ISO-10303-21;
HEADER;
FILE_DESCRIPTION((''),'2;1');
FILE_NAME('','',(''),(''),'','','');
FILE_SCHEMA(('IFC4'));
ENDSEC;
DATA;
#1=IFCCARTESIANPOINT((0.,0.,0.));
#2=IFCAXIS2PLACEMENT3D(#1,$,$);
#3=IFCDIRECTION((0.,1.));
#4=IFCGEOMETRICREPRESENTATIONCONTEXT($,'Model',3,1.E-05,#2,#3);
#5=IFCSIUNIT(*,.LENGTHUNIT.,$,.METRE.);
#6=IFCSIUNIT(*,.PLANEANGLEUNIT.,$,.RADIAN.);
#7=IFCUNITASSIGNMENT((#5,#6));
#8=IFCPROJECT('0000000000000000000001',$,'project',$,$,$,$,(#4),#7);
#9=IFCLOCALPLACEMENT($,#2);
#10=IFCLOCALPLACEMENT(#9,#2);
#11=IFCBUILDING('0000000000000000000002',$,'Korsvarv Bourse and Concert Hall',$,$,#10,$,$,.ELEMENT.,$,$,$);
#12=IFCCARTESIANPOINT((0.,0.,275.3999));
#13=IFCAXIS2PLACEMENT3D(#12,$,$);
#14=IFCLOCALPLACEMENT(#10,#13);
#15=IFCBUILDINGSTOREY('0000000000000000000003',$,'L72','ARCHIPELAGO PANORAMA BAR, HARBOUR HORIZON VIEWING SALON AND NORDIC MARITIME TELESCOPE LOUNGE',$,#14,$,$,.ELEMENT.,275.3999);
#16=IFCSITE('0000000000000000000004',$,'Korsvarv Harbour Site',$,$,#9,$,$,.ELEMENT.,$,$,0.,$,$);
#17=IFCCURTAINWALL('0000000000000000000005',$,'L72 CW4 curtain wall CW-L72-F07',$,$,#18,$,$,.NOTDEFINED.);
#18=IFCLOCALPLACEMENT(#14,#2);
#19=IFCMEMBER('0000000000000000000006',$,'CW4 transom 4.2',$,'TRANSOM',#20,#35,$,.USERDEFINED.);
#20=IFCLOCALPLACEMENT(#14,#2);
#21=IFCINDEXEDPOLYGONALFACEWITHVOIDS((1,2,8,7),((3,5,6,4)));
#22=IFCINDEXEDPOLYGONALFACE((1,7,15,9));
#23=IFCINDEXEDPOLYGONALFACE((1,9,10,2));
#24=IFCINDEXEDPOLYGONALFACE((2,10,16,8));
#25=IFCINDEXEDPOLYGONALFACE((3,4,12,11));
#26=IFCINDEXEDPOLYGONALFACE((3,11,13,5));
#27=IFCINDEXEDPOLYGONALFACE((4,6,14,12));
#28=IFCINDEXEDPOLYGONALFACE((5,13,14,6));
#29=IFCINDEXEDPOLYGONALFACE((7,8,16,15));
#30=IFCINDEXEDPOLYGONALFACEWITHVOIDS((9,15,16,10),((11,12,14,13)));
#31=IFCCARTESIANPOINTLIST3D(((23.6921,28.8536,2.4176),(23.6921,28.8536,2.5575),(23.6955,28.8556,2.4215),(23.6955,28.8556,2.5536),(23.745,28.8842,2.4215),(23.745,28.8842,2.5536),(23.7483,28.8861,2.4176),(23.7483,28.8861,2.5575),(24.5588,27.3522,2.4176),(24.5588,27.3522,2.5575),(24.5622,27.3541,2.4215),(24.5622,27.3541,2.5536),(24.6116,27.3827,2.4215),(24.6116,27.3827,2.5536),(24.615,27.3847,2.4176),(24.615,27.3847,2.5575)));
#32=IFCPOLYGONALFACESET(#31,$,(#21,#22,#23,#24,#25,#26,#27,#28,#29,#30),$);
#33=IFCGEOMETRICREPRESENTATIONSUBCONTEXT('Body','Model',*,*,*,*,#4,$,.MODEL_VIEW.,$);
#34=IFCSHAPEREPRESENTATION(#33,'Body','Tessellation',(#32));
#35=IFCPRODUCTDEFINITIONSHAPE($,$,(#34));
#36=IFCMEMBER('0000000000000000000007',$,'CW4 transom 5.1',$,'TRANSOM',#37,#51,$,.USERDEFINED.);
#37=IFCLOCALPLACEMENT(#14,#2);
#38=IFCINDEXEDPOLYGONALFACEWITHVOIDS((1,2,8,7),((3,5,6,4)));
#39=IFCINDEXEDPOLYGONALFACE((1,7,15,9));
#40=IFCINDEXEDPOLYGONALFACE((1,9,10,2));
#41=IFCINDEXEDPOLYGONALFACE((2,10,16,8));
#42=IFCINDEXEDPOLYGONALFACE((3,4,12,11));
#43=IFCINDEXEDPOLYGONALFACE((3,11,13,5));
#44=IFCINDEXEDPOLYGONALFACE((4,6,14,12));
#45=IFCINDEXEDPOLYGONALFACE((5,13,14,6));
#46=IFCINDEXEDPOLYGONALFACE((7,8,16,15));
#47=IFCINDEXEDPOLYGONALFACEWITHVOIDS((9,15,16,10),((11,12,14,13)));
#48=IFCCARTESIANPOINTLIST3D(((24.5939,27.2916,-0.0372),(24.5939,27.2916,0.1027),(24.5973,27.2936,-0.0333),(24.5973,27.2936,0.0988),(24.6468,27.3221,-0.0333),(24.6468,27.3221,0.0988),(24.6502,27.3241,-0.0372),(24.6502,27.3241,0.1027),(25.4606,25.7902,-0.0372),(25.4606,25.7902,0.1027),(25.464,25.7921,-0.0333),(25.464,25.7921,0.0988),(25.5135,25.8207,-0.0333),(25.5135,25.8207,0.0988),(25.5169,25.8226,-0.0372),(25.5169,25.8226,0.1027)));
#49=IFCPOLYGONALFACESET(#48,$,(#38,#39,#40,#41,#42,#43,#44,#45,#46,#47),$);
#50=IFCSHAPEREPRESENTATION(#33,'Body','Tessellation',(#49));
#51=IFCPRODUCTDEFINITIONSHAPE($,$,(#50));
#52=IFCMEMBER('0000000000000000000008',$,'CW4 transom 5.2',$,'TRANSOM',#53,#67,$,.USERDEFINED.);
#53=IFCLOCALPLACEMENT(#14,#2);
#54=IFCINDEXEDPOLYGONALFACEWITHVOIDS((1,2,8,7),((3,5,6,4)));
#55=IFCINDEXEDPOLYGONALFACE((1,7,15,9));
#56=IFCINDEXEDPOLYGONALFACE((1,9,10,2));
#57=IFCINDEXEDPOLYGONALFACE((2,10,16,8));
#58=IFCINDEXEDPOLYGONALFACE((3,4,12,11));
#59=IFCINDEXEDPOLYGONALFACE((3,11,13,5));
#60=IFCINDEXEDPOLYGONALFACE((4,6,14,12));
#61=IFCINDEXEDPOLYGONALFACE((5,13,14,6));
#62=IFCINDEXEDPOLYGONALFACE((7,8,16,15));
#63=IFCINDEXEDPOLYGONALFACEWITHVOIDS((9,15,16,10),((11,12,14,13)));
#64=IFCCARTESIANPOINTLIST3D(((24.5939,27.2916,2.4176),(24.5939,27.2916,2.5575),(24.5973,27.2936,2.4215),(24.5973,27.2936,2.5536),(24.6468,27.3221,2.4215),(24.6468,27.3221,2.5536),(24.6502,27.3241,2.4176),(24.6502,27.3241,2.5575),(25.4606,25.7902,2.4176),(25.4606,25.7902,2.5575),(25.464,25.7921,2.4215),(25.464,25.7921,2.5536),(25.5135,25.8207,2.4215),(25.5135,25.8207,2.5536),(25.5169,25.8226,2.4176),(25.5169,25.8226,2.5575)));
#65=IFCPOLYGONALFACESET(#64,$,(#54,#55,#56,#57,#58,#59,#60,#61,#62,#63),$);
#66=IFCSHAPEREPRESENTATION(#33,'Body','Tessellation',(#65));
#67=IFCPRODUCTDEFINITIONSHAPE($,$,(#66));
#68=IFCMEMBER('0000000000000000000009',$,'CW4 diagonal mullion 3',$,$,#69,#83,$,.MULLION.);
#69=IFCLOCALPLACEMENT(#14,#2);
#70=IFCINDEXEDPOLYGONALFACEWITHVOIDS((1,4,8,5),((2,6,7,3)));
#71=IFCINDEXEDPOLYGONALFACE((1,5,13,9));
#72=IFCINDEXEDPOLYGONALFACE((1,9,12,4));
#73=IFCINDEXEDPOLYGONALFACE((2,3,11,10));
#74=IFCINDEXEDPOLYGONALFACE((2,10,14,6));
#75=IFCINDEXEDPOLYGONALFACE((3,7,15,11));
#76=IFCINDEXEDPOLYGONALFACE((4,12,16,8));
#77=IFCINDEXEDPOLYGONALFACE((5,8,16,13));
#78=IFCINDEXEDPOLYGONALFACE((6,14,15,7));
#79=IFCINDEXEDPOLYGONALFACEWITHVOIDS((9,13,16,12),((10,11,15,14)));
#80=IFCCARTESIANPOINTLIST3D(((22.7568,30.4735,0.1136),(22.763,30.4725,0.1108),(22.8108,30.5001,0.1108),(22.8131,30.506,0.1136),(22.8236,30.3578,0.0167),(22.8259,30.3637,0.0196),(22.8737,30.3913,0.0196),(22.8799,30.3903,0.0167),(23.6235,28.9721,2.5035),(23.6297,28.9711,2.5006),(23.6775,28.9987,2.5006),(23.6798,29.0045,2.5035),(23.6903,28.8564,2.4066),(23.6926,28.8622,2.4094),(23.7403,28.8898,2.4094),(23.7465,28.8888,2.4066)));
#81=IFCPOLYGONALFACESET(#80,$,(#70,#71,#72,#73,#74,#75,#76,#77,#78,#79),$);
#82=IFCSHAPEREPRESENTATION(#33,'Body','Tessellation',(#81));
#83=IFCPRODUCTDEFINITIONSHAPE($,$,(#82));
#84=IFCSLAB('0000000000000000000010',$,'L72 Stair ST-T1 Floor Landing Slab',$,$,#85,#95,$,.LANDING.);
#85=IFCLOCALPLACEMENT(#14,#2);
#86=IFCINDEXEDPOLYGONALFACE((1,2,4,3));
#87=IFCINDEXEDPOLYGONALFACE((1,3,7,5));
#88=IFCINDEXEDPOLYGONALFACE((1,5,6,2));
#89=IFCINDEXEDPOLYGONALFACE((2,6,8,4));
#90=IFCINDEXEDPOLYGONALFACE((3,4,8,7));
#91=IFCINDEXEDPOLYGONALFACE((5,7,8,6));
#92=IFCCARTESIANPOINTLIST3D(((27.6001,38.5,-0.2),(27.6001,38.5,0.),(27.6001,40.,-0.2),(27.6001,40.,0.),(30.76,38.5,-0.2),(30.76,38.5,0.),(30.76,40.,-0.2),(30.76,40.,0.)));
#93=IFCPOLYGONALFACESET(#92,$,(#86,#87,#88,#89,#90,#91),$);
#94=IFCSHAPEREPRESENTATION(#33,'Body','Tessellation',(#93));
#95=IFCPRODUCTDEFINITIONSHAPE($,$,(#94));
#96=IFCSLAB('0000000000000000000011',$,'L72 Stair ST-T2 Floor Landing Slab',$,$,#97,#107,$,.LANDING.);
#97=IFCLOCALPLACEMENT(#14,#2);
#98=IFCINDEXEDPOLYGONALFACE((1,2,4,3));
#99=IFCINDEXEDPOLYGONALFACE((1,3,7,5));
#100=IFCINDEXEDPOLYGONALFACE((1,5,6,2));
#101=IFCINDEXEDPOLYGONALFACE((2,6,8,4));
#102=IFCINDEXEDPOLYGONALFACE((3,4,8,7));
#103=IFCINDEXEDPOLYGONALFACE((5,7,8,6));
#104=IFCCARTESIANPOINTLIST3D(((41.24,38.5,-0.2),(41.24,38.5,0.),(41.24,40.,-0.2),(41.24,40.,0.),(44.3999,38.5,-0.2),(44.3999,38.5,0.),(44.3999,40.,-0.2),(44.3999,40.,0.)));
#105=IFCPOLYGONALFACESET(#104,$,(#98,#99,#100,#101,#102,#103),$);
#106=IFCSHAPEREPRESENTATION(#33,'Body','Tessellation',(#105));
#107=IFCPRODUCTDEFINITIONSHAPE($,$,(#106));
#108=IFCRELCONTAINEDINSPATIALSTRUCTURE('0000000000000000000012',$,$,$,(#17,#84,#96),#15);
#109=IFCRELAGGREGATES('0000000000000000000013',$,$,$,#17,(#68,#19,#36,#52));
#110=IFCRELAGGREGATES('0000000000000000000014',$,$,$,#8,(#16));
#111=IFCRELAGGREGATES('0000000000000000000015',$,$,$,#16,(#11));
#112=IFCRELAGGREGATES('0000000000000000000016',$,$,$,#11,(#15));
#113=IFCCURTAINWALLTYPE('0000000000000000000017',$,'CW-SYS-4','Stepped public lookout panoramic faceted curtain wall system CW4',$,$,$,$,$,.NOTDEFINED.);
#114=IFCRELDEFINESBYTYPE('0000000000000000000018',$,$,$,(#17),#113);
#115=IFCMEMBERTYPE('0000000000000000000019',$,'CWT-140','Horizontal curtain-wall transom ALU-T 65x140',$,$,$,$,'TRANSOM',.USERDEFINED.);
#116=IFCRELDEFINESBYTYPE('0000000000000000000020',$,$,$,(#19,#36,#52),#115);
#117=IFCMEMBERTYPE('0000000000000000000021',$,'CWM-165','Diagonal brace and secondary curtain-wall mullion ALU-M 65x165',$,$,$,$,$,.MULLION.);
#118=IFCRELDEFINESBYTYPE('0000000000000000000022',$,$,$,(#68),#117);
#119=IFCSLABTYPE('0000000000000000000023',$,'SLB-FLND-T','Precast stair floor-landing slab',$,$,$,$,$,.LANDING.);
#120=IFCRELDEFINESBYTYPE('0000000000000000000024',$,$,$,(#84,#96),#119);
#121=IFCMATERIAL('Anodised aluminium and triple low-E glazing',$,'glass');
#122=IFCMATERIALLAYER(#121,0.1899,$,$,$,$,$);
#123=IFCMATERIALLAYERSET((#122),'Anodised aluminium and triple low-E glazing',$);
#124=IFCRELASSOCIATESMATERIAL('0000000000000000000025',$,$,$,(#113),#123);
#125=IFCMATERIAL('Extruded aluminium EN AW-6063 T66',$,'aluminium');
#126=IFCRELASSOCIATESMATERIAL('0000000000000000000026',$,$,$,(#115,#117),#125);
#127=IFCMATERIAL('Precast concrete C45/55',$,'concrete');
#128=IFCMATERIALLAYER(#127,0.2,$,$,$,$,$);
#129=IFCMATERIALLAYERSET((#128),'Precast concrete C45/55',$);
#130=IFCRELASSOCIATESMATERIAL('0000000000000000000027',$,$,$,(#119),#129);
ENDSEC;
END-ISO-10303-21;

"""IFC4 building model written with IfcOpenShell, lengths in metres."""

from ifc_helpers import new_model, si_unit, direction, frame, origin, origin_2d, place, context, subcontext, project, spatial, polyline, hollow_rectangle, outline, extrude, source, transform, mapped, material, layer, layer_set, material_profile, profile_set, type_object, element, aggregate, save


model = new_model("IFC4")

# Units and contexts
model_context = context("Model", 3, precision=1e-05, world=origin(), true_north=direction((0.0, 1.0)))
body_context = subcontext(model_context, "Body", "Model", "MODEL_VIEW")
ifc_project = project(units=[si_unit("LENGTHUNIT", "METRE"), si_unit("PLANEANGLEUNIT", "RADIAN")], contexts=[model_context])

# Site, building, storey
site_placement = place(None, origin())
site = spatial("IfcSite", under=ifc_project, at=site_placement, Name="Korsvarv Harbour Site", CompositionType="ELEMENT", RefElevation=0.0)
building_placement = place(site_placement, origin())
building = spatial("IfcBuilding", under=site, at=building_placement, Name="Korsvarv Bourse and Concert Hall", CompositionType="ELEMENT")
storey_placement = place(building_placement, frame((0.0, 0.0, 275.3999)))
storey = spatial("IfcBuildingStorey", under=building, at=storey_placement, Name="L72", Description="ARCHIPELAGO PANORAMA BAR, HARBOUR HORIZON VIEWING SALON AND NORDIC MARITIME TELESCOPE LOUNGE", CompositionType="ELEMENT", Elevation=275.3999)

# Curtain wall, members
ifc_material_1 = material(Name="Anodised aluminium and triple low-E glazing", Category="glass")
ifc_layer_1 = layer(ifc_material_1, 0.1899)
ifc_layer_set_1 = layer_set([ifc_layer_1], Name="Anodised aluminium and triple low-E glazing")
curtain_wall_type = type_object("IfcCurtainWallType", Name="CW-SYS-4", Description="Stepped public lookout panoramic faceted curtain wall system CW4", PredefinedType="NOTDEFINED", material=ifc_layer_set_1)
curtain_wall_placement = place(storey_placement, origin())
curtain_wall = element("IfcCurtainWall", 1, at=curtain_wall_placement, inside=storey, type_object=curtain_wall_type, Name="L72 CW4 curtain wall CW-L72-F07", PredefinedType="NOTDEFINED")
ifc_material_2 = material(Name="Extruded aluminium EN AW-6063 T66", Category="aluminium")
ifc_material_profile_1 = material_profile(ifc_material_2, hollow_rectangle(XDim=0.0649, YDim=0.1399, WallThickness=0.0039, at=origin_2d()), Name="ALU-T 65x140")
ifc_profile_set_1 = profile_set([ifc_material_profile_1], Name="Extruded aluminium EN AW-6063 T66")
member_type_1 = type_object("IfcMemberType", Name="CWT-140", Description="Horizontal curtain-wall transom ALU-T 65x140", ElementType="TRANSOM", PredefinedType="USERDEFINED", material=ifc_profile_set_1)
shared_shape_1 = source(origin(), body_context, "Body", "SweptSolid", [
    extrude(hollow_rectangle(XDim=0.0649, YDim=0.1399, WallThickness=0.0039, at=origin_2d()), origin(), (0.0, 0.0, 1.0), 1.7336),
])
member_1_placement = place(storey_placement, frame((23.7202, 28.8699, 2.4875), z_axis=(0.499926, -0.866068, 0.0), x_axis=(0.866068, 0.499926, 0.0)))
member_1 = element("IfcMember", 2, at=member_1_placement, type_object=member_type_1, Name="CW4 transom 4.2", ObjectType="TRANSOM", PredefinedType="USERDEFINED", context=body_context, shape_type="MappedRepresentation", body=[
    mapped(shared_shape_1, transform((0.0, 0.0, 0.0), scale=1.0)),
])
member_2_placement = place(storey_placement, frame((24.6221, 27.3079, 0.0327), z_axis=(0.499926, -0.866068, 0.0), x_axis=(0.866068, 0.499926, 0.0)))
member_2 = element("IfcMember", 3, at=member_2_placement, type_object=member_type_1, Name="CW4 transom 5.1", ObjectType="TRANSOM", PredefinedType="USERDEFINED", context=body_context, shape_type="MappedRepresentation", body=[
    mapped(shared_shape_1, transform((0.0, 0.0, 0.0), scale=1.0)),
])
member_3_placement = place(storey_placement, frame((24.6221, 27.3079, 2.4875), z_axis=(0.499926, -0.866068, 0.0), x_axis=(0.866068, 0.499926, 0.0)))
member_3 = element("IfcMember", 4, at=member_3_placement, type_object=member_type_1, Name="CW4 transom 5.2", ObjectType="TRANSOM", PredefinedType="USERDEFINED", context=body_context, shape_type="MappedRepresentation", body=[
    mapped(shared_shape_1, transform((0.0, 0.0, 0.0), scale=1.0)),
])
ifc_material_profile_2 = material_profile(ifc_material_2, hollow_rectangle(XDim=0.0649, YDim=0.165, WallThickness=0.0049, at=origin_2d()), Name="ALU-M 65x165")
ifc_profile_set_2 = profile_set([ifc_material_profile_2], Name="Extruded aluminium EN AW-6063 T66")
member_type_2 = type_object("IfcMemberType", Name="CWM-165", Description="Diagonal brace and secondary curtain-wall mullion ALU-M 65x165", PredefinedType="MULLION", material=ifc_profile_set_2)
shared_shape_2 = source(origin(), body_context, "Body", "SweptSolid", [
    extrude(hollow_rectangle(XDim=0.0649, YDim=0.165, WallThickness=0.0049, at=origin_2d()), origin(), (0.0, 0.0, 1.0), 2.9524),
])
member_4_placement = place(storey_placement, frame((22.8184, 30.4319, 0.0652), z_axis=(0.293549, -0.508543, 0.809452), x_axis=(0.866068, 0.499926, 0.0)))
member_4 = element("IfcMember", 5, at=member_4_placement, type_object=member_type_2, Name="CW4 diagonal mullion 3", PredefinedType="MULLION", context=body_context, shape_type="MappedRepresentation", body=[
    mapped(shared_shape_2, transform((0.0, 0.0, 0.0), scale=1.0)),
])

# Slabs
ifc_material_3 = material(Name="Precast concrete C45/55", Category="concrete")
ifc_layer_2 = layer(ifc_material_3, 0.2)
ifc_layer_set_2 = layer_set([ifc_layer_2], Name="Precast concrete C45/55")
slab_type_1 = type_object("IfcSlabType", Name="SLB-FLND-T", Description="Precast stair floor-landing slab", PredefinedType="LANDING", material=ifc_layer_set_2)
slab_1_placement = place(storey_placement, frame((0.0, 0.0, -0.2)))
element("IfcSlab", 6, at=slab_1_placement, inside=storey, type_object=slab_type_1, Name="L72 Stair ST-T1 Floor Landing Slab", PredefinedType="LANDING", context=body_context, shape_type="SweptSolid", body=[
    extrude(outline(polyline([(30.76, 38.5), (30.76, 40.0), (27.6001, 40.0), (27.6001, 38.5), (30.76, 38.5)])), origin(), (0.0, 0.0, 1.0), 0.2),
])
slab_2_placement = place(storey_placement, frame((0.0, 0.0, -0.2)))
element("IfcSlab", 7, at=slab_2_placement, inside=storey, type_object=slab_type_1, Name="L72 Stair ST-T2 Floor Landing Slab", PredefinedType="LANDING", context=body_context, shape_type="SweptSolid", body=[
    extrude(outline(polyline([(44.3999, 38.5), (44.3999, 40.0), (41.24, 40.0), (41.24, 38.5), (44.3999, 38.5)])), origin(), (0.0, 0.0, 1.0), 0.2),
])

aggregate(curtain_wall, [member_4, member_1, member_2, member_3])

save(model, "model.ifc")
